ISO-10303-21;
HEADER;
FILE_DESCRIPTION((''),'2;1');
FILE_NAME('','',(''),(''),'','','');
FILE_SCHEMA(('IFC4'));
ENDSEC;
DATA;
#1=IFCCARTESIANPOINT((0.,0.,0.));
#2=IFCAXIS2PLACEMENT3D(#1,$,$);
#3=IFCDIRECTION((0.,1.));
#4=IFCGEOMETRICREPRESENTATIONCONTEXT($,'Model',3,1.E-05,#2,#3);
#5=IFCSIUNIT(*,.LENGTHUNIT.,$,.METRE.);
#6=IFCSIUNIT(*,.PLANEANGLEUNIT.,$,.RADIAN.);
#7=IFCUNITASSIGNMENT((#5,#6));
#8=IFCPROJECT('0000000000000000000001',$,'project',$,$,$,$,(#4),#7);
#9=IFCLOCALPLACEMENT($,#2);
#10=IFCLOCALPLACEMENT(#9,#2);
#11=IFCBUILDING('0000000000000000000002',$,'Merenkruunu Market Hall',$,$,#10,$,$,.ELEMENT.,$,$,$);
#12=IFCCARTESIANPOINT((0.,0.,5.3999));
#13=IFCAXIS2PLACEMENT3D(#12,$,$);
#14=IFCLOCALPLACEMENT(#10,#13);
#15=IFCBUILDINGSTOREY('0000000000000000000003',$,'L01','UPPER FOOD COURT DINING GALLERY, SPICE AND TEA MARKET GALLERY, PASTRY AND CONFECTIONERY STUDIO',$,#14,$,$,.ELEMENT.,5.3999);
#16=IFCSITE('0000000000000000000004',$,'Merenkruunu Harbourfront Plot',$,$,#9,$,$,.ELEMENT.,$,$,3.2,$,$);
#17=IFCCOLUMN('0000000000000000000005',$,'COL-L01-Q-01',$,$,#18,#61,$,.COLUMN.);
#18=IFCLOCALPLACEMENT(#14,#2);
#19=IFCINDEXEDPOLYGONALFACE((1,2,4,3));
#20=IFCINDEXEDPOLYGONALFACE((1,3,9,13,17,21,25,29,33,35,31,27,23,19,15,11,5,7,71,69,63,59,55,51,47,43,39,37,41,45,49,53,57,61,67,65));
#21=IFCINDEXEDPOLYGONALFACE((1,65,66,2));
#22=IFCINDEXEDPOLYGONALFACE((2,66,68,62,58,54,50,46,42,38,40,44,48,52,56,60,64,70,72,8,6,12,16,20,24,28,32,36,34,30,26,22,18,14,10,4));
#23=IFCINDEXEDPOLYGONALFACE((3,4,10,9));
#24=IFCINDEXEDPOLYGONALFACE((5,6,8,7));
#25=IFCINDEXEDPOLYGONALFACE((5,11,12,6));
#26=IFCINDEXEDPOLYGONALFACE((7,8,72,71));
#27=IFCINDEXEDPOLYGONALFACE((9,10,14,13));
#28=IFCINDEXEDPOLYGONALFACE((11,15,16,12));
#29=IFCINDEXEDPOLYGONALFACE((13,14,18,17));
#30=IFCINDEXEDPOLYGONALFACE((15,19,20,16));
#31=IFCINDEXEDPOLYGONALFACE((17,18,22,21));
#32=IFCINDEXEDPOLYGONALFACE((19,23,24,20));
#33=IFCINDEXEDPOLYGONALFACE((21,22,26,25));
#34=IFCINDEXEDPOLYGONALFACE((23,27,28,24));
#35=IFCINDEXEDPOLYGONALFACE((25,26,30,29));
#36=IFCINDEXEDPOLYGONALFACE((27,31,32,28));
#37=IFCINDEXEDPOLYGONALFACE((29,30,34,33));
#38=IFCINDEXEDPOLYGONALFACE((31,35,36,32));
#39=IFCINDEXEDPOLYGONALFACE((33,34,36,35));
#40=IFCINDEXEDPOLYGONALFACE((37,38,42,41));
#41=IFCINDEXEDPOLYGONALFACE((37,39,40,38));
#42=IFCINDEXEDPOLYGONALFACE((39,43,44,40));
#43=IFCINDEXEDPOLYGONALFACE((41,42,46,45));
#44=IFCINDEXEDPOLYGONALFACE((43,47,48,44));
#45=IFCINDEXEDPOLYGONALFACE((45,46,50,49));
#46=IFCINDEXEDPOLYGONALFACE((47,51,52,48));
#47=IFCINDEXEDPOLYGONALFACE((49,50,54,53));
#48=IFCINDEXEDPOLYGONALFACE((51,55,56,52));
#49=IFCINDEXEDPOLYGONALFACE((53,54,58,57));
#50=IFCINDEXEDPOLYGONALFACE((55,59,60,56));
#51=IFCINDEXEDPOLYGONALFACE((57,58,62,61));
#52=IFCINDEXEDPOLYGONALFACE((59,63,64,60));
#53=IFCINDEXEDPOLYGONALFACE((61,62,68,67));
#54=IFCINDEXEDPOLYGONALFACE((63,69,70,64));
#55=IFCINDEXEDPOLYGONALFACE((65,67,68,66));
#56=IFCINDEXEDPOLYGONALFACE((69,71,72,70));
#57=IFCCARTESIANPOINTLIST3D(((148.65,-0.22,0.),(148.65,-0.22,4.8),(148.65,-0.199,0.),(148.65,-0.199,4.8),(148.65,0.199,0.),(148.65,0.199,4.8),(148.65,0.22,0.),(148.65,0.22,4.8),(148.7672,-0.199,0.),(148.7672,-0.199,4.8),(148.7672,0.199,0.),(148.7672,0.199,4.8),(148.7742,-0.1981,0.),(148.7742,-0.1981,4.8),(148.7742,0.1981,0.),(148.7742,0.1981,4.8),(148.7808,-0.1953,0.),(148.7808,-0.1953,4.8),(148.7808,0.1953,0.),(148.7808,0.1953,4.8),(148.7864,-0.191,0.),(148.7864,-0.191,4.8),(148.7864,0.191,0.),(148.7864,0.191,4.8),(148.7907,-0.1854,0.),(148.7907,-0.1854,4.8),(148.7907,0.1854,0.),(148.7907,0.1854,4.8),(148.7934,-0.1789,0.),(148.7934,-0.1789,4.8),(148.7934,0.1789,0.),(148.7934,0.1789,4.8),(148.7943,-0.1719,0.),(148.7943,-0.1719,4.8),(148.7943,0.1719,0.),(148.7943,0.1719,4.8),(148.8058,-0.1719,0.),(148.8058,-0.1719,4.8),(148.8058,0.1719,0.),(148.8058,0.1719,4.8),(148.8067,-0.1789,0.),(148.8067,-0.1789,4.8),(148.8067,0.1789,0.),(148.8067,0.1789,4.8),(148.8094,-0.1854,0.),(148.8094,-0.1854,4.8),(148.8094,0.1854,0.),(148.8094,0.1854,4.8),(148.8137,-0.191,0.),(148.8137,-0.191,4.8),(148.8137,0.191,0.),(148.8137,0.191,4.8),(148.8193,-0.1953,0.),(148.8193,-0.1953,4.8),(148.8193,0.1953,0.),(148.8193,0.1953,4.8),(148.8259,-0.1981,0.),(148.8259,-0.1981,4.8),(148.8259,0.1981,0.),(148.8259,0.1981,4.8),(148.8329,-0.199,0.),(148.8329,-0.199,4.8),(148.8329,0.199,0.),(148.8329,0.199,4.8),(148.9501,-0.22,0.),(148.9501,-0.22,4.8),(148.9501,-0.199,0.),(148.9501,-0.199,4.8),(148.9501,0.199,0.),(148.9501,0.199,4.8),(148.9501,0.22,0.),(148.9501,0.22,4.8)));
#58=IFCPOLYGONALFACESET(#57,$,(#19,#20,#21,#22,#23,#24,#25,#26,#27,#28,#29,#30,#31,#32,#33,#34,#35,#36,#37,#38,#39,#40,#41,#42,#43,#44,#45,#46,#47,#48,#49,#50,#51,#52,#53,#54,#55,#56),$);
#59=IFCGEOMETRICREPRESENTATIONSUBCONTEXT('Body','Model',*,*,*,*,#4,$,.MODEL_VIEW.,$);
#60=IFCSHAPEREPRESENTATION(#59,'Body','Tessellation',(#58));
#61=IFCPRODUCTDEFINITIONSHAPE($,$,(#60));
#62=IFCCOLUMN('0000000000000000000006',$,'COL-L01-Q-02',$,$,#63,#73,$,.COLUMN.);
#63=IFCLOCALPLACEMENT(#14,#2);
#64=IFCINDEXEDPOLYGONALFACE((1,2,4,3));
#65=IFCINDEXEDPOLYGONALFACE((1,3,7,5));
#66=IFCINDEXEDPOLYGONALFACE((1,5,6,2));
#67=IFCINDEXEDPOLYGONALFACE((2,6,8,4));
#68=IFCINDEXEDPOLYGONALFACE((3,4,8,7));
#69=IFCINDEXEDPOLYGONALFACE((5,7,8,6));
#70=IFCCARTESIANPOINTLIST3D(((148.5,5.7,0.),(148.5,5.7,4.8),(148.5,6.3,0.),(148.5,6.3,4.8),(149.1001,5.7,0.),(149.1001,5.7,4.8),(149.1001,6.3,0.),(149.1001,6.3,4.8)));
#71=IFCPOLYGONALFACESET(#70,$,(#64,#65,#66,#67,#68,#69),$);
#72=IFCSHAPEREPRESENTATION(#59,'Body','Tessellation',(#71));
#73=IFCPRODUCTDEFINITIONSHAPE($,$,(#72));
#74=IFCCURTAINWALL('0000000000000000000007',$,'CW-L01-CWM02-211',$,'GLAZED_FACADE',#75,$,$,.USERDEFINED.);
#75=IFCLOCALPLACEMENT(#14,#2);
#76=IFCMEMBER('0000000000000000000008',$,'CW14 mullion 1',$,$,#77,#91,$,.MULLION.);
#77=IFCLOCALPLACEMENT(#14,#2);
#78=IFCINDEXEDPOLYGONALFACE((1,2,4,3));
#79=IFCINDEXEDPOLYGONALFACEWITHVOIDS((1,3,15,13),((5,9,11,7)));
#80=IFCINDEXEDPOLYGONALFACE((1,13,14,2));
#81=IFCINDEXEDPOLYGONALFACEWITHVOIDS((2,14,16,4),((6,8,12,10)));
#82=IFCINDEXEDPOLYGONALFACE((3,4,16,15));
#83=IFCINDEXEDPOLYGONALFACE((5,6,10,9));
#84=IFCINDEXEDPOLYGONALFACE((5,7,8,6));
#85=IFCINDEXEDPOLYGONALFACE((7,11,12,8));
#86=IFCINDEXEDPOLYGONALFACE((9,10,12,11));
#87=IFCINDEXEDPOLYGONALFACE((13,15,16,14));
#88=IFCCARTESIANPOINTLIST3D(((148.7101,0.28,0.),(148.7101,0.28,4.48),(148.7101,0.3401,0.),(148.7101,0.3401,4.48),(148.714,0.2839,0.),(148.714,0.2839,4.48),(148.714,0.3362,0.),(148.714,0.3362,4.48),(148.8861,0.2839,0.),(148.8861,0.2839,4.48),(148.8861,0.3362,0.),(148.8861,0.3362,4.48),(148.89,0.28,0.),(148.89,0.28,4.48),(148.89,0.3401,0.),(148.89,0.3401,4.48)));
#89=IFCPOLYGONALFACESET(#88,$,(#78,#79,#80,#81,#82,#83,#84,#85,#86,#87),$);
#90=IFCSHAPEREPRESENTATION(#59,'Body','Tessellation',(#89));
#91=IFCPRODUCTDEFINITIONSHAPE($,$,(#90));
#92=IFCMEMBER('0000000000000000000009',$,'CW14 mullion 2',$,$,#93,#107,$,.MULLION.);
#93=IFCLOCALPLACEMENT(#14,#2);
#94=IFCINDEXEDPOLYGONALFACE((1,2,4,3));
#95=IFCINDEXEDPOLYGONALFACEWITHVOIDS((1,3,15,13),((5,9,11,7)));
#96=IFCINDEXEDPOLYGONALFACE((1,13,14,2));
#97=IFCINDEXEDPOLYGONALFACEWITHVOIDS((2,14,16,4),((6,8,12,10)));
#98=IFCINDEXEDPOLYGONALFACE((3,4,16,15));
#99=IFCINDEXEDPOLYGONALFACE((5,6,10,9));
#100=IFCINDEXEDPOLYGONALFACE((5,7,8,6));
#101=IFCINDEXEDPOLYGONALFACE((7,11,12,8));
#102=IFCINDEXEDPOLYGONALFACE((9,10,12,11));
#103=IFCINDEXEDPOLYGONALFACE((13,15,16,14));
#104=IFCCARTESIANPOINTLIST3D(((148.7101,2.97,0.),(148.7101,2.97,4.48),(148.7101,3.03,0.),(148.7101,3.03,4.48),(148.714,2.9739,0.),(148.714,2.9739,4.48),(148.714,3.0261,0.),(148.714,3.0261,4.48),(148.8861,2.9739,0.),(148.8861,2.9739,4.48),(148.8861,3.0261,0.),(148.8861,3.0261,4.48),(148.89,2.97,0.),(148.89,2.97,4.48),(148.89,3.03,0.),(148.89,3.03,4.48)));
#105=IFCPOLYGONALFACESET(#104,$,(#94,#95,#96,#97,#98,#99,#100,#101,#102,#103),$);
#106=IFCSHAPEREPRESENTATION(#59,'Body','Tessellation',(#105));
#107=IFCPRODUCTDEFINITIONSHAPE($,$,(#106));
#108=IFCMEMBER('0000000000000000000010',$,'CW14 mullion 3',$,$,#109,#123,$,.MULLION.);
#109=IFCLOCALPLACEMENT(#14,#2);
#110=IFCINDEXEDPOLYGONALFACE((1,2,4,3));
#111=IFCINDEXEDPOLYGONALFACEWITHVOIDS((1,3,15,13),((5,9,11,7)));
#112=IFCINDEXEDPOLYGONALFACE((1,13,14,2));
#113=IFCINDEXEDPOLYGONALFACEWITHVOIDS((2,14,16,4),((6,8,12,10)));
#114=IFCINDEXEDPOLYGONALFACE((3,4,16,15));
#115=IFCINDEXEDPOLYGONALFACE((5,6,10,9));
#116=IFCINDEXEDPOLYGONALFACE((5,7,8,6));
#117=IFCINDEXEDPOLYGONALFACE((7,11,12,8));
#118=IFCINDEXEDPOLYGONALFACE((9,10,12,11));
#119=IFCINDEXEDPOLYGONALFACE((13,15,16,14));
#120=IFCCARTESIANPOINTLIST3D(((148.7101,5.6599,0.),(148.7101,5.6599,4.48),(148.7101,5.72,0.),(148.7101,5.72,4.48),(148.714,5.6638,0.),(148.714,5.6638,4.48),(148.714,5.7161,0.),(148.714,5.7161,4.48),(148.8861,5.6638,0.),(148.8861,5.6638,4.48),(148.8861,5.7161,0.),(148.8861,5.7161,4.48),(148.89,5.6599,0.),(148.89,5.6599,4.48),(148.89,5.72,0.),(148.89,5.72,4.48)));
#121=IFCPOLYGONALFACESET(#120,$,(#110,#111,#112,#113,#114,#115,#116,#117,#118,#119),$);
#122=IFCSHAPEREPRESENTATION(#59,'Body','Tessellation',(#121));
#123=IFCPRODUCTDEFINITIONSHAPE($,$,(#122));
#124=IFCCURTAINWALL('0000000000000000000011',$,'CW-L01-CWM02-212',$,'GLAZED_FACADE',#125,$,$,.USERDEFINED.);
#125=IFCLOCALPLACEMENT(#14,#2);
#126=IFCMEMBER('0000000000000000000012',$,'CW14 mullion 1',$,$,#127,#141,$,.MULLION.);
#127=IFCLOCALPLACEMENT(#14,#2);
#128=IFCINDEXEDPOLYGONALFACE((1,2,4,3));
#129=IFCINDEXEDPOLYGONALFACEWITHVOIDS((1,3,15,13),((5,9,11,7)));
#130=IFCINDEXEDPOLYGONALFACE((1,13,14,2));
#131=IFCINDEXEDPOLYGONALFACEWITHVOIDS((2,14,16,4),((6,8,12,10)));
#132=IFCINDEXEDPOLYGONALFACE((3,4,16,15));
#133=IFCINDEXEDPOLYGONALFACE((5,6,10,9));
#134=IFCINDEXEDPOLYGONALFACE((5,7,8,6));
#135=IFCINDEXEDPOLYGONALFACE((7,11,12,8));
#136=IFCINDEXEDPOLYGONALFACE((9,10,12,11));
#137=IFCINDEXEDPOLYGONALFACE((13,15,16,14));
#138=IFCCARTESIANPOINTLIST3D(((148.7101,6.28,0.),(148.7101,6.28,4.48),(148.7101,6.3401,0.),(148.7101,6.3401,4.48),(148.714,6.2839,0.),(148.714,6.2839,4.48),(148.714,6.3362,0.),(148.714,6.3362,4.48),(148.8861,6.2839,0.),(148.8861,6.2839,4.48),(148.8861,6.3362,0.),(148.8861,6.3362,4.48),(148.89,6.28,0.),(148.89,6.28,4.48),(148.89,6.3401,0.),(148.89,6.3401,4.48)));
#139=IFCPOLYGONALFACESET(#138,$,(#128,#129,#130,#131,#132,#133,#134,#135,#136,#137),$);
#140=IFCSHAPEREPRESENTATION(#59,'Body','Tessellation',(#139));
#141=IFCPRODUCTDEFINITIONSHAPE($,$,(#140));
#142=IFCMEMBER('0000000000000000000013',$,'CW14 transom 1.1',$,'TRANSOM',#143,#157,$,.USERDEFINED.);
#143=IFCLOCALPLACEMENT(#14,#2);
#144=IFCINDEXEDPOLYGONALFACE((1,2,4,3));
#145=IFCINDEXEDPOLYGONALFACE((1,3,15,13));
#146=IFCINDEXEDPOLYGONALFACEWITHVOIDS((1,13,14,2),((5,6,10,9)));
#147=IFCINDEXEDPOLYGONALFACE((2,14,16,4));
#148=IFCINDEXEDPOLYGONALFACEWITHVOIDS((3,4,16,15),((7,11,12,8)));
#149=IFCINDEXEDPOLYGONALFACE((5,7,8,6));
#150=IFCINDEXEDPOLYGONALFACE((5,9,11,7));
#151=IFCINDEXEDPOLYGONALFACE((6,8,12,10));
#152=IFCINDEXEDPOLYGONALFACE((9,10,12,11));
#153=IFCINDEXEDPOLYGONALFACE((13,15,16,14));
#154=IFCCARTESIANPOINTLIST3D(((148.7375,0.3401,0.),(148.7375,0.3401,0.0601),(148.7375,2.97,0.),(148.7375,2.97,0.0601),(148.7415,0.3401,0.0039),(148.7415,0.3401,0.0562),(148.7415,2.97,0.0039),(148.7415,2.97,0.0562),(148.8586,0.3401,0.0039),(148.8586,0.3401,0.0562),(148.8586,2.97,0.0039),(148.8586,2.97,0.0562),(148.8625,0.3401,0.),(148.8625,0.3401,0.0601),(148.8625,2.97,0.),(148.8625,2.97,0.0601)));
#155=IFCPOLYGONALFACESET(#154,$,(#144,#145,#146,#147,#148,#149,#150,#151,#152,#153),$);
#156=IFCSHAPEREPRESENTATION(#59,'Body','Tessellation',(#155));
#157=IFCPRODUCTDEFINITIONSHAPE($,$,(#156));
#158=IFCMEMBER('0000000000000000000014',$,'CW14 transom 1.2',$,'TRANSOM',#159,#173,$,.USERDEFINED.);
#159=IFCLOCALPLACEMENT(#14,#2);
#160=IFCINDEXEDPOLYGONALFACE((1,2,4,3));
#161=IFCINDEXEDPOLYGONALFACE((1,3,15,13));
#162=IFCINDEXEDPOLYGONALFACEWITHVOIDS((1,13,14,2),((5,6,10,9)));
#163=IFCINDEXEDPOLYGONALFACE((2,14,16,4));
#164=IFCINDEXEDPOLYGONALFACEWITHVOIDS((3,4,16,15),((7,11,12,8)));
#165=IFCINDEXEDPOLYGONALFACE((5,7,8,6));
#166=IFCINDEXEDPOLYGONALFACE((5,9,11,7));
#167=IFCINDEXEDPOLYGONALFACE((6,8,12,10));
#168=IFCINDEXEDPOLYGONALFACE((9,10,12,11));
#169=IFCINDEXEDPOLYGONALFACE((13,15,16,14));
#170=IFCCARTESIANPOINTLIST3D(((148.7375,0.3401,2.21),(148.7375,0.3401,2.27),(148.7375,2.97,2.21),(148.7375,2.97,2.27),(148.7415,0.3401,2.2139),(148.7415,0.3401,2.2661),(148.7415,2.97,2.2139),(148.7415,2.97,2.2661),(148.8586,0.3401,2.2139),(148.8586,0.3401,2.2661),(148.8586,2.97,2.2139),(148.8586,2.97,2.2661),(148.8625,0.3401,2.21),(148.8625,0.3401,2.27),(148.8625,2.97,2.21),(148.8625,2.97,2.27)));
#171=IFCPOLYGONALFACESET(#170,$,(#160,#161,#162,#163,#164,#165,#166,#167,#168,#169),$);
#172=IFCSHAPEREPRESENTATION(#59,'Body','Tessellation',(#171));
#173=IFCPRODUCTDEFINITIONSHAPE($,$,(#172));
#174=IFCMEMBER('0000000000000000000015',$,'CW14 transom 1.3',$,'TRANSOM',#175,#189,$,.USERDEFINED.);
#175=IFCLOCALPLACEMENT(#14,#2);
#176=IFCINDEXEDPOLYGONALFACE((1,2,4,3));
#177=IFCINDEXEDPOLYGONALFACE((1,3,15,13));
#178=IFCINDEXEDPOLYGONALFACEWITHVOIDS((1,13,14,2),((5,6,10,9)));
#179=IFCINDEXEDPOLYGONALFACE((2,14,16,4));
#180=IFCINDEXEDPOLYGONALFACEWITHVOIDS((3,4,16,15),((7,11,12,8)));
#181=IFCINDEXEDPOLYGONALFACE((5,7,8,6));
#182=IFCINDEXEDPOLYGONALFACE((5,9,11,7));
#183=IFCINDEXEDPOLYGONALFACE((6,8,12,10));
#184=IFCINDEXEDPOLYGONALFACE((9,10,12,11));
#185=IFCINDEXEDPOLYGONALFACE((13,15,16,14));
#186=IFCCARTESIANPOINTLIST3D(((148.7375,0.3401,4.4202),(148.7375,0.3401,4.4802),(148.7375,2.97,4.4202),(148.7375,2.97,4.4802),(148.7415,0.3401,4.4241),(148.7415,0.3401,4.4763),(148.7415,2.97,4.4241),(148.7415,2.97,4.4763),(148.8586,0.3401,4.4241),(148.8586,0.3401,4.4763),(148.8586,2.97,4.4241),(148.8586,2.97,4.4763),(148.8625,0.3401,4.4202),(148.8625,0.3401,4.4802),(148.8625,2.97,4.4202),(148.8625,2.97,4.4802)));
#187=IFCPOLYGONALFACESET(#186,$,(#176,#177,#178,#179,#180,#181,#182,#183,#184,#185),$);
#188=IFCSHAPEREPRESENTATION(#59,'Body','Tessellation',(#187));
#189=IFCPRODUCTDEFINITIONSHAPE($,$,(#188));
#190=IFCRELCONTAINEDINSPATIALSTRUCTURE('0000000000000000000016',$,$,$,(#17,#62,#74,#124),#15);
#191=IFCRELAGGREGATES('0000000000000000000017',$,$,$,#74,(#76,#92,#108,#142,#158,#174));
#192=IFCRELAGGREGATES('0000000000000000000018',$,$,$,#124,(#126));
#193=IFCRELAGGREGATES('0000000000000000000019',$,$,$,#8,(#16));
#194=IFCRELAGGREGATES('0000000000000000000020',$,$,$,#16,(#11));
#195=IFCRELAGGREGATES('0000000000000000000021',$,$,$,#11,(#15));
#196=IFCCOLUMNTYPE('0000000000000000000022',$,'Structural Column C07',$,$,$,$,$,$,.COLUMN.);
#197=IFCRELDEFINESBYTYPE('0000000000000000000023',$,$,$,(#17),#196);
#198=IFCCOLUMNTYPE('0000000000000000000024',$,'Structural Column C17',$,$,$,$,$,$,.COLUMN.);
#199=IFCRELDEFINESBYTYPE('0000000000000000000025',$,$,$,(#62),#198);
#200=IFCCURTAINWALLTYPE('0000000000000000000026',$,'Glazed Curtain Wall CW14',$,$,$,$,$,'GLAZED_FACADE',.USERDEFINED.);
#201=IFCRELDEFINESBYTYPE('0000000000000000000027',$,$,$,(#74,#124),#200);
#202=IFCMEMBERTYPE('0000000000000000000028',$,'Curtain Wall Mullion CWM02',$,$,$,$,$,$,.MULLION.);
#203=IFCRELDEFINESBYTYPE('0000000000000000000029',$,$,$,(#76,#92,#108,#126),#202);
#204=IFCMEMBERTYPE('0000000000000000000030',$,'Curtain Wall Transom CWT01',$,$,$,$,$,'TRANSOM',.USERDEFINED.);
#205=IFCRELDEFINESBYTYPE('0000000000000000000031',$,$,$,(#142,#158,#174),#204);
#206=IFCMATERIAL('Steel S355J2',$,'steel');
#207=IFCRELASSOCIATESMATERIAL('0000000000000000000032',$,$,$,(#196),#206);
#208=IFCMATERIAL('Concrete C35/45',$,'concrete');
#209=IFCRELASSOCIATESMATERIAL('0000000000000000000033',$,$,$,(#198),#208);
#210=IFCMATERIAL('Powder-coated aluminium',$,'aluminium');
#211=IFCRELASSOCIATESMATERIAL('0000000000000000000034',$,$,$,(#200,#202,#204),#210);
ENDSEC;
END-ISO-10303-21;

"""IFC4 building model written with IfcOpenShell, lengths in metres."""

from ifc_helpers import new_model, si_unit, direction, frame, origin, origin_2d, place, context, subcontext, project, spatial, rectangle, hollow_rectangle, i_section, extrude, material, material_profile, profile_set, type_object, element, aggregate, save


model = new_model("IFC4")

# Units and contexts
model_context = context("Model", 3, precision=1e-05, world=origin(), true_north=direction((0.0, 1.0)))
body_context = subcontext(model_context, "Body", "Model", "MODEL_VIEW")
ifc_project = project(units=[si_unit("LENGTHUNIT", "METRE"), si_unit("PLANEANGLEUNIT", "RADIAN")], contexts=[model_context])

# Site, building, storey
site_placement = place(None, origin())
site = spatial("IfcSite", under=ifc_project, at=site_placement, Name="Merenkruunu Harbourfront Plot", CompositionType="ELEMENT", RefElevation=3.2)
building_placement = place(site_placement, origin())
building = spatial("IfcBuilding", under=site, at=building_placement, Name="Merenkruunu Market Hall", CompositionType="ELEMENT")
storey_placement = place(building_placement, frame((0.0, 0.0, 5.3999)))
storey = spatial("IfcBuildingStorey", under=building, at=storey_placement, Name="L01", Description="UPPER FOOD COURT DINING GALLERY, SPICE AND TEA MARKET GALLERY, PASTRY AND CONFECTIONERY STUDIO", CompositionType="ELEMENT", Elevation=5.3999)

# Columns
ifc_material_1 = material(Name="Steel S355J2", Category="steel")
ifc_material_profile_1 = material_profile(ifc_material_1, i_section(OverallWidth=0.3, OverallDepth=0.4399, WebThickness=0.0115, FlangeThickness=0.021, FilletRadius=0.0271, at=origin_2d()), Name="HEA 450")
ifc_profile_set_1 = profile_set([ifc_material_profile_1], Name="Steel S355J2")
column_type_1 = type_object("IfcColumnType", Name="Structural Column C07", PredefinedType="COLUMN", material=ifc_profile_set_1)
column_1_placement = place(storey_placement, frame((148.8, 0.0, 0.0), z_axis=(0.0, 0.0, 1.0), x_axis=(1.0, 0.0, 0.0)))
element("IfcColumn", 1, at=column_1_placement, inside=storey, type_object=column_type_1, Name="COL-L01-Q-01", PredefinedType="COLUMN", context=body_context, shape_type="SweptSolid", body=[
    extrude(i_section(OverallWidth=0.3, OverallDepth=0.4399, WebThickness=0.0115, FlangeThickness=0.021, FilletRadius=0.0271, at=origin_2d()), origin(), (0.0, 0.0, 1.0), 4.8),
])
ifc_material_2 = material(Name="Concrete C35/45", Category="concrete")
ifc_material_profile_2 = material_profile(ifc_material_2, rectangle(XDim=0.6001, YDim=0.6001, at=origin_2d()), Name="RC 600x600")
ifc_profile_set_2 = profile_set([ifc_material_profile_2], Name="Concrete C35/45")
column_type_2 = type_object("IfcColumnType", Name="Structural Column C17", PredefinedType="COLUMN", material=ifc_profile_set_2)
column_2_placement = place(storey_placement, frame((148.8, 6.0, 0.0), z_axis=(0.0, 0.0, 1.0), x_axis=(1.0, 0.0, 0.0)))
element("IfcColumn", 2, at=column_2_placement, inside=storey, type_object=column_type_2, Name="COL-L01-Q-02", PredefinedType="COLUMN", context=body_context, shape_type="SweptSolid", body=[
    extrude(rectangle(XDim=0.6001, YDim=0.6001, at=origin_2d()), origin(), (0.0, 0.0, 1.0), 4.8),
])

# Curtain wall, members
ifc_material_3 = material(Name="Powder-coated aluminium", Category="aluminium")
curtain_wall_type = type_object("IfcCurtainWallType", Name="Glazed Curtain Wall CW14", ElementType="GLAZED_FACADE", PredefinedType="USERDEFINED", material=ifc_material_3)
curtain_wall_1_placement = place(storey_placement, origin())
curtain_wall_1 = element("IfcCurtainWall", 3, at=curtain_wall_1_placement, inside=storey, type_object=curtain_wall_type, Name="CW-L01-CWM02-211", ObjectType="GLAZED_FACADE", PredefinedType="USERDEFINED")
ifc_material_profile_3 = material_profile(ifc_material_3, hollow_rectangle(XDim=0.0601, YDim=0.1799, WallThickness=0.0039, at=origin_2d()), Name="ALU 60x180x4")
ifc_profile_set_3 = profile_set([ifc_material_profile_3], Name="Powder-coated aluminium")
member_type_1 = type_object("IfcMemberType", Name="Curtain Wall Mullion CWM02", PredefinedType="MULLION", material=ifc_profile_set_3)
member_1_placement = place(storey_placement, frame((148.8, 0.3101, 0.0), z_axis=(0.0, 0.0, 1.0), x_axis=(0.0, 1.0, 0.0)))
member_1 = element("IfcMember", 4, at=member_1_placement, type_object=member_type_1, Name="CW14 mullion 1", PredefinedType="MULLION", context=body_context, shape_type="SweptSolid", body=[
    extrude(hollow_rectangle(XDim=0.0601, YDim=0.1799, WallThickness=0.0039, at=origin_2d()), origin(), (0.0, 0.0, 1.0), 4.48),
])
member_2_placement = place(storey_placement, frame((148.8, 3.0, 0.0), z_axis=(0.0, 0.0, 1.0), x_axis=(0.0, 1.0, 0.0)))
member_2 = element("IfcMember", 5, at=member_2_placement, type_object=member_type_1, Name="CW14 mullion 2", PredefinedType="MULLION", context=body_context, shape_type="SweptSolid", body=[
    extrude(hollow_rectangle(XDim=0.0601, YDim=0.1799, WallThickness=0.0039, at=origin_2d()), origin(), (0.0, 0.0, 1.0), 4.48),
])
member_3_placement = place(storey_placement, frame((148.8, 5.6899, 0.0), z_axis=(0.0, 0.0, 1.0), x_axis=(0.0, 1.0, 0.0)))
member_3 = element("IfcMember", 6, at=member_3_placement, type_object=member_type_1, Name="CW14 mullion 3", PredefinedType="MULLION", context=body_context, shape_type="SweptSolid", body=[
    extrude(hollow_rectangle(XDim=0.0601, YDim=0.1799, WallThickness=0.0039, at=origin_2d()), origin(), (0.0, 0.0, 1.0), 4.48),
])

# Curtain wall, member
curtain_wall_2_placement = place(storey_placement, origin())
curtain_wall_2 = element("IfcCurtainWall", 7, at=curtain_wall_2_placement, inside=storey, type_object=curtain_wall_type, Name="CW-L01-CWM02-212", ObjectType="GLAZED_FACADE", PredefinedType="USERDEFINED")
member_4_placement = place(storey_placement, frame((148.8, 6.3101, 0.0), z_axis=(0.0, 0.0, 1.0), x_axis=(0.0, 1.0, 0.0)))
member_4 = element("IfcMember", 8, at=member_4_placement, type_object=member_type_1, Name="CW14 mullion 1", PredefinedType="MULLION", context=body_context, shape_type="SweptSolid", body=[
    extrude(hollow_rectangle(XDim=0.0601, YDim=0.1799, WallThickness=0.0039, at=origin_2d()), origin(), (0.0, 0.0, 1.0), 4.48),
])

# Members
ifc_material_profile_4 = material_profile(ifc_material_3, hollow_rectangle(XDim=0.0601, YDim=0.125, WallThickness=0.0039, at=origin_2d()), Name="ALU 60x125x4")
ifc_profile_set_4 = profile_set([ifc_material_profile_4], Name="Powder-coated aluminium")
member_type_2 = type_object("IfcMemberType", Name="Curtain Wall Transom CWT01", ElementType="TRANSOM", PredefinedType="USERDEFINED", material=ifc_profile_set_4)
member_5_placement = place(storey_placement, frame((148.8, 0.3401, 0.03), z_axis=(0.0, 1.0, 0.0), x_axis=(0.0, 0.0, 1.0)))
member_5 = element("IfcMember", 9, at=member_5_placement, type_object=member_type_2, Name="CW14 transom 1.1", ObjectType="TRANSOM", PredefinedType="USERDEFINED", context=body_context, shape_type="SweptSolid", body=[
    extrude(hollow_rectangle(XDim=0.0601, YDim=0.125, WallThickness=0.0039, at=origin_2d()), origin(), (0.0, 0.0, 1.0), 2.6299),
])
member_6_placement = place(storey_placement, frame((148.8, 0.3401, 2.24), z_axis=(0.0, 1.0, 0.0), x_axis=(0.0, 0.0, 1.0)))
member_6 = element("IfcMember", 10, at=member_6_placement, type_object=member_type_2, Name="CW14 transom 1.2", ObjectType="TRANSOM", PredefinedType="USERDEFINED", context=body_context, shape_type="SweptSolid", body=[
    extrude(hollow_rectangle(XDim=0.0601, YDim=0.125, WallThickness=0.0039, at=origin_2d()), origin(), (0.0, 0.0, 1.0), 2.6299),
])
member_7_placement = place(storey_placement, frame((148.8, 0.3401, 4.4502), z_axis=(0.0, 1.0, 0.0), x_axis=(0.0, 0.0, 1.0)))
member_7 = element("IfcMember", 11, at=member_7_placement, type_object=member_type_2, Name="CW14 transom 1.3", ObjectType="TRANSOM", PredefinedType="USERDEFINED", context=body_context, shape_type="SweptSolid", body=[
    extrude(hollow_rectangle(XDim=0.0601, YDim=0.125, WallThickness=0.0039, at=origin_2d()), origin(), (0.0, 0.0, 1.0), 2.6299),
])

aggregate(curtain_wall_1, [member_1, member_2, member_3, member_5, member_6, member_7])
aggregate(curtain_wall_2, [member_4])

save(model, "model.ifc")
